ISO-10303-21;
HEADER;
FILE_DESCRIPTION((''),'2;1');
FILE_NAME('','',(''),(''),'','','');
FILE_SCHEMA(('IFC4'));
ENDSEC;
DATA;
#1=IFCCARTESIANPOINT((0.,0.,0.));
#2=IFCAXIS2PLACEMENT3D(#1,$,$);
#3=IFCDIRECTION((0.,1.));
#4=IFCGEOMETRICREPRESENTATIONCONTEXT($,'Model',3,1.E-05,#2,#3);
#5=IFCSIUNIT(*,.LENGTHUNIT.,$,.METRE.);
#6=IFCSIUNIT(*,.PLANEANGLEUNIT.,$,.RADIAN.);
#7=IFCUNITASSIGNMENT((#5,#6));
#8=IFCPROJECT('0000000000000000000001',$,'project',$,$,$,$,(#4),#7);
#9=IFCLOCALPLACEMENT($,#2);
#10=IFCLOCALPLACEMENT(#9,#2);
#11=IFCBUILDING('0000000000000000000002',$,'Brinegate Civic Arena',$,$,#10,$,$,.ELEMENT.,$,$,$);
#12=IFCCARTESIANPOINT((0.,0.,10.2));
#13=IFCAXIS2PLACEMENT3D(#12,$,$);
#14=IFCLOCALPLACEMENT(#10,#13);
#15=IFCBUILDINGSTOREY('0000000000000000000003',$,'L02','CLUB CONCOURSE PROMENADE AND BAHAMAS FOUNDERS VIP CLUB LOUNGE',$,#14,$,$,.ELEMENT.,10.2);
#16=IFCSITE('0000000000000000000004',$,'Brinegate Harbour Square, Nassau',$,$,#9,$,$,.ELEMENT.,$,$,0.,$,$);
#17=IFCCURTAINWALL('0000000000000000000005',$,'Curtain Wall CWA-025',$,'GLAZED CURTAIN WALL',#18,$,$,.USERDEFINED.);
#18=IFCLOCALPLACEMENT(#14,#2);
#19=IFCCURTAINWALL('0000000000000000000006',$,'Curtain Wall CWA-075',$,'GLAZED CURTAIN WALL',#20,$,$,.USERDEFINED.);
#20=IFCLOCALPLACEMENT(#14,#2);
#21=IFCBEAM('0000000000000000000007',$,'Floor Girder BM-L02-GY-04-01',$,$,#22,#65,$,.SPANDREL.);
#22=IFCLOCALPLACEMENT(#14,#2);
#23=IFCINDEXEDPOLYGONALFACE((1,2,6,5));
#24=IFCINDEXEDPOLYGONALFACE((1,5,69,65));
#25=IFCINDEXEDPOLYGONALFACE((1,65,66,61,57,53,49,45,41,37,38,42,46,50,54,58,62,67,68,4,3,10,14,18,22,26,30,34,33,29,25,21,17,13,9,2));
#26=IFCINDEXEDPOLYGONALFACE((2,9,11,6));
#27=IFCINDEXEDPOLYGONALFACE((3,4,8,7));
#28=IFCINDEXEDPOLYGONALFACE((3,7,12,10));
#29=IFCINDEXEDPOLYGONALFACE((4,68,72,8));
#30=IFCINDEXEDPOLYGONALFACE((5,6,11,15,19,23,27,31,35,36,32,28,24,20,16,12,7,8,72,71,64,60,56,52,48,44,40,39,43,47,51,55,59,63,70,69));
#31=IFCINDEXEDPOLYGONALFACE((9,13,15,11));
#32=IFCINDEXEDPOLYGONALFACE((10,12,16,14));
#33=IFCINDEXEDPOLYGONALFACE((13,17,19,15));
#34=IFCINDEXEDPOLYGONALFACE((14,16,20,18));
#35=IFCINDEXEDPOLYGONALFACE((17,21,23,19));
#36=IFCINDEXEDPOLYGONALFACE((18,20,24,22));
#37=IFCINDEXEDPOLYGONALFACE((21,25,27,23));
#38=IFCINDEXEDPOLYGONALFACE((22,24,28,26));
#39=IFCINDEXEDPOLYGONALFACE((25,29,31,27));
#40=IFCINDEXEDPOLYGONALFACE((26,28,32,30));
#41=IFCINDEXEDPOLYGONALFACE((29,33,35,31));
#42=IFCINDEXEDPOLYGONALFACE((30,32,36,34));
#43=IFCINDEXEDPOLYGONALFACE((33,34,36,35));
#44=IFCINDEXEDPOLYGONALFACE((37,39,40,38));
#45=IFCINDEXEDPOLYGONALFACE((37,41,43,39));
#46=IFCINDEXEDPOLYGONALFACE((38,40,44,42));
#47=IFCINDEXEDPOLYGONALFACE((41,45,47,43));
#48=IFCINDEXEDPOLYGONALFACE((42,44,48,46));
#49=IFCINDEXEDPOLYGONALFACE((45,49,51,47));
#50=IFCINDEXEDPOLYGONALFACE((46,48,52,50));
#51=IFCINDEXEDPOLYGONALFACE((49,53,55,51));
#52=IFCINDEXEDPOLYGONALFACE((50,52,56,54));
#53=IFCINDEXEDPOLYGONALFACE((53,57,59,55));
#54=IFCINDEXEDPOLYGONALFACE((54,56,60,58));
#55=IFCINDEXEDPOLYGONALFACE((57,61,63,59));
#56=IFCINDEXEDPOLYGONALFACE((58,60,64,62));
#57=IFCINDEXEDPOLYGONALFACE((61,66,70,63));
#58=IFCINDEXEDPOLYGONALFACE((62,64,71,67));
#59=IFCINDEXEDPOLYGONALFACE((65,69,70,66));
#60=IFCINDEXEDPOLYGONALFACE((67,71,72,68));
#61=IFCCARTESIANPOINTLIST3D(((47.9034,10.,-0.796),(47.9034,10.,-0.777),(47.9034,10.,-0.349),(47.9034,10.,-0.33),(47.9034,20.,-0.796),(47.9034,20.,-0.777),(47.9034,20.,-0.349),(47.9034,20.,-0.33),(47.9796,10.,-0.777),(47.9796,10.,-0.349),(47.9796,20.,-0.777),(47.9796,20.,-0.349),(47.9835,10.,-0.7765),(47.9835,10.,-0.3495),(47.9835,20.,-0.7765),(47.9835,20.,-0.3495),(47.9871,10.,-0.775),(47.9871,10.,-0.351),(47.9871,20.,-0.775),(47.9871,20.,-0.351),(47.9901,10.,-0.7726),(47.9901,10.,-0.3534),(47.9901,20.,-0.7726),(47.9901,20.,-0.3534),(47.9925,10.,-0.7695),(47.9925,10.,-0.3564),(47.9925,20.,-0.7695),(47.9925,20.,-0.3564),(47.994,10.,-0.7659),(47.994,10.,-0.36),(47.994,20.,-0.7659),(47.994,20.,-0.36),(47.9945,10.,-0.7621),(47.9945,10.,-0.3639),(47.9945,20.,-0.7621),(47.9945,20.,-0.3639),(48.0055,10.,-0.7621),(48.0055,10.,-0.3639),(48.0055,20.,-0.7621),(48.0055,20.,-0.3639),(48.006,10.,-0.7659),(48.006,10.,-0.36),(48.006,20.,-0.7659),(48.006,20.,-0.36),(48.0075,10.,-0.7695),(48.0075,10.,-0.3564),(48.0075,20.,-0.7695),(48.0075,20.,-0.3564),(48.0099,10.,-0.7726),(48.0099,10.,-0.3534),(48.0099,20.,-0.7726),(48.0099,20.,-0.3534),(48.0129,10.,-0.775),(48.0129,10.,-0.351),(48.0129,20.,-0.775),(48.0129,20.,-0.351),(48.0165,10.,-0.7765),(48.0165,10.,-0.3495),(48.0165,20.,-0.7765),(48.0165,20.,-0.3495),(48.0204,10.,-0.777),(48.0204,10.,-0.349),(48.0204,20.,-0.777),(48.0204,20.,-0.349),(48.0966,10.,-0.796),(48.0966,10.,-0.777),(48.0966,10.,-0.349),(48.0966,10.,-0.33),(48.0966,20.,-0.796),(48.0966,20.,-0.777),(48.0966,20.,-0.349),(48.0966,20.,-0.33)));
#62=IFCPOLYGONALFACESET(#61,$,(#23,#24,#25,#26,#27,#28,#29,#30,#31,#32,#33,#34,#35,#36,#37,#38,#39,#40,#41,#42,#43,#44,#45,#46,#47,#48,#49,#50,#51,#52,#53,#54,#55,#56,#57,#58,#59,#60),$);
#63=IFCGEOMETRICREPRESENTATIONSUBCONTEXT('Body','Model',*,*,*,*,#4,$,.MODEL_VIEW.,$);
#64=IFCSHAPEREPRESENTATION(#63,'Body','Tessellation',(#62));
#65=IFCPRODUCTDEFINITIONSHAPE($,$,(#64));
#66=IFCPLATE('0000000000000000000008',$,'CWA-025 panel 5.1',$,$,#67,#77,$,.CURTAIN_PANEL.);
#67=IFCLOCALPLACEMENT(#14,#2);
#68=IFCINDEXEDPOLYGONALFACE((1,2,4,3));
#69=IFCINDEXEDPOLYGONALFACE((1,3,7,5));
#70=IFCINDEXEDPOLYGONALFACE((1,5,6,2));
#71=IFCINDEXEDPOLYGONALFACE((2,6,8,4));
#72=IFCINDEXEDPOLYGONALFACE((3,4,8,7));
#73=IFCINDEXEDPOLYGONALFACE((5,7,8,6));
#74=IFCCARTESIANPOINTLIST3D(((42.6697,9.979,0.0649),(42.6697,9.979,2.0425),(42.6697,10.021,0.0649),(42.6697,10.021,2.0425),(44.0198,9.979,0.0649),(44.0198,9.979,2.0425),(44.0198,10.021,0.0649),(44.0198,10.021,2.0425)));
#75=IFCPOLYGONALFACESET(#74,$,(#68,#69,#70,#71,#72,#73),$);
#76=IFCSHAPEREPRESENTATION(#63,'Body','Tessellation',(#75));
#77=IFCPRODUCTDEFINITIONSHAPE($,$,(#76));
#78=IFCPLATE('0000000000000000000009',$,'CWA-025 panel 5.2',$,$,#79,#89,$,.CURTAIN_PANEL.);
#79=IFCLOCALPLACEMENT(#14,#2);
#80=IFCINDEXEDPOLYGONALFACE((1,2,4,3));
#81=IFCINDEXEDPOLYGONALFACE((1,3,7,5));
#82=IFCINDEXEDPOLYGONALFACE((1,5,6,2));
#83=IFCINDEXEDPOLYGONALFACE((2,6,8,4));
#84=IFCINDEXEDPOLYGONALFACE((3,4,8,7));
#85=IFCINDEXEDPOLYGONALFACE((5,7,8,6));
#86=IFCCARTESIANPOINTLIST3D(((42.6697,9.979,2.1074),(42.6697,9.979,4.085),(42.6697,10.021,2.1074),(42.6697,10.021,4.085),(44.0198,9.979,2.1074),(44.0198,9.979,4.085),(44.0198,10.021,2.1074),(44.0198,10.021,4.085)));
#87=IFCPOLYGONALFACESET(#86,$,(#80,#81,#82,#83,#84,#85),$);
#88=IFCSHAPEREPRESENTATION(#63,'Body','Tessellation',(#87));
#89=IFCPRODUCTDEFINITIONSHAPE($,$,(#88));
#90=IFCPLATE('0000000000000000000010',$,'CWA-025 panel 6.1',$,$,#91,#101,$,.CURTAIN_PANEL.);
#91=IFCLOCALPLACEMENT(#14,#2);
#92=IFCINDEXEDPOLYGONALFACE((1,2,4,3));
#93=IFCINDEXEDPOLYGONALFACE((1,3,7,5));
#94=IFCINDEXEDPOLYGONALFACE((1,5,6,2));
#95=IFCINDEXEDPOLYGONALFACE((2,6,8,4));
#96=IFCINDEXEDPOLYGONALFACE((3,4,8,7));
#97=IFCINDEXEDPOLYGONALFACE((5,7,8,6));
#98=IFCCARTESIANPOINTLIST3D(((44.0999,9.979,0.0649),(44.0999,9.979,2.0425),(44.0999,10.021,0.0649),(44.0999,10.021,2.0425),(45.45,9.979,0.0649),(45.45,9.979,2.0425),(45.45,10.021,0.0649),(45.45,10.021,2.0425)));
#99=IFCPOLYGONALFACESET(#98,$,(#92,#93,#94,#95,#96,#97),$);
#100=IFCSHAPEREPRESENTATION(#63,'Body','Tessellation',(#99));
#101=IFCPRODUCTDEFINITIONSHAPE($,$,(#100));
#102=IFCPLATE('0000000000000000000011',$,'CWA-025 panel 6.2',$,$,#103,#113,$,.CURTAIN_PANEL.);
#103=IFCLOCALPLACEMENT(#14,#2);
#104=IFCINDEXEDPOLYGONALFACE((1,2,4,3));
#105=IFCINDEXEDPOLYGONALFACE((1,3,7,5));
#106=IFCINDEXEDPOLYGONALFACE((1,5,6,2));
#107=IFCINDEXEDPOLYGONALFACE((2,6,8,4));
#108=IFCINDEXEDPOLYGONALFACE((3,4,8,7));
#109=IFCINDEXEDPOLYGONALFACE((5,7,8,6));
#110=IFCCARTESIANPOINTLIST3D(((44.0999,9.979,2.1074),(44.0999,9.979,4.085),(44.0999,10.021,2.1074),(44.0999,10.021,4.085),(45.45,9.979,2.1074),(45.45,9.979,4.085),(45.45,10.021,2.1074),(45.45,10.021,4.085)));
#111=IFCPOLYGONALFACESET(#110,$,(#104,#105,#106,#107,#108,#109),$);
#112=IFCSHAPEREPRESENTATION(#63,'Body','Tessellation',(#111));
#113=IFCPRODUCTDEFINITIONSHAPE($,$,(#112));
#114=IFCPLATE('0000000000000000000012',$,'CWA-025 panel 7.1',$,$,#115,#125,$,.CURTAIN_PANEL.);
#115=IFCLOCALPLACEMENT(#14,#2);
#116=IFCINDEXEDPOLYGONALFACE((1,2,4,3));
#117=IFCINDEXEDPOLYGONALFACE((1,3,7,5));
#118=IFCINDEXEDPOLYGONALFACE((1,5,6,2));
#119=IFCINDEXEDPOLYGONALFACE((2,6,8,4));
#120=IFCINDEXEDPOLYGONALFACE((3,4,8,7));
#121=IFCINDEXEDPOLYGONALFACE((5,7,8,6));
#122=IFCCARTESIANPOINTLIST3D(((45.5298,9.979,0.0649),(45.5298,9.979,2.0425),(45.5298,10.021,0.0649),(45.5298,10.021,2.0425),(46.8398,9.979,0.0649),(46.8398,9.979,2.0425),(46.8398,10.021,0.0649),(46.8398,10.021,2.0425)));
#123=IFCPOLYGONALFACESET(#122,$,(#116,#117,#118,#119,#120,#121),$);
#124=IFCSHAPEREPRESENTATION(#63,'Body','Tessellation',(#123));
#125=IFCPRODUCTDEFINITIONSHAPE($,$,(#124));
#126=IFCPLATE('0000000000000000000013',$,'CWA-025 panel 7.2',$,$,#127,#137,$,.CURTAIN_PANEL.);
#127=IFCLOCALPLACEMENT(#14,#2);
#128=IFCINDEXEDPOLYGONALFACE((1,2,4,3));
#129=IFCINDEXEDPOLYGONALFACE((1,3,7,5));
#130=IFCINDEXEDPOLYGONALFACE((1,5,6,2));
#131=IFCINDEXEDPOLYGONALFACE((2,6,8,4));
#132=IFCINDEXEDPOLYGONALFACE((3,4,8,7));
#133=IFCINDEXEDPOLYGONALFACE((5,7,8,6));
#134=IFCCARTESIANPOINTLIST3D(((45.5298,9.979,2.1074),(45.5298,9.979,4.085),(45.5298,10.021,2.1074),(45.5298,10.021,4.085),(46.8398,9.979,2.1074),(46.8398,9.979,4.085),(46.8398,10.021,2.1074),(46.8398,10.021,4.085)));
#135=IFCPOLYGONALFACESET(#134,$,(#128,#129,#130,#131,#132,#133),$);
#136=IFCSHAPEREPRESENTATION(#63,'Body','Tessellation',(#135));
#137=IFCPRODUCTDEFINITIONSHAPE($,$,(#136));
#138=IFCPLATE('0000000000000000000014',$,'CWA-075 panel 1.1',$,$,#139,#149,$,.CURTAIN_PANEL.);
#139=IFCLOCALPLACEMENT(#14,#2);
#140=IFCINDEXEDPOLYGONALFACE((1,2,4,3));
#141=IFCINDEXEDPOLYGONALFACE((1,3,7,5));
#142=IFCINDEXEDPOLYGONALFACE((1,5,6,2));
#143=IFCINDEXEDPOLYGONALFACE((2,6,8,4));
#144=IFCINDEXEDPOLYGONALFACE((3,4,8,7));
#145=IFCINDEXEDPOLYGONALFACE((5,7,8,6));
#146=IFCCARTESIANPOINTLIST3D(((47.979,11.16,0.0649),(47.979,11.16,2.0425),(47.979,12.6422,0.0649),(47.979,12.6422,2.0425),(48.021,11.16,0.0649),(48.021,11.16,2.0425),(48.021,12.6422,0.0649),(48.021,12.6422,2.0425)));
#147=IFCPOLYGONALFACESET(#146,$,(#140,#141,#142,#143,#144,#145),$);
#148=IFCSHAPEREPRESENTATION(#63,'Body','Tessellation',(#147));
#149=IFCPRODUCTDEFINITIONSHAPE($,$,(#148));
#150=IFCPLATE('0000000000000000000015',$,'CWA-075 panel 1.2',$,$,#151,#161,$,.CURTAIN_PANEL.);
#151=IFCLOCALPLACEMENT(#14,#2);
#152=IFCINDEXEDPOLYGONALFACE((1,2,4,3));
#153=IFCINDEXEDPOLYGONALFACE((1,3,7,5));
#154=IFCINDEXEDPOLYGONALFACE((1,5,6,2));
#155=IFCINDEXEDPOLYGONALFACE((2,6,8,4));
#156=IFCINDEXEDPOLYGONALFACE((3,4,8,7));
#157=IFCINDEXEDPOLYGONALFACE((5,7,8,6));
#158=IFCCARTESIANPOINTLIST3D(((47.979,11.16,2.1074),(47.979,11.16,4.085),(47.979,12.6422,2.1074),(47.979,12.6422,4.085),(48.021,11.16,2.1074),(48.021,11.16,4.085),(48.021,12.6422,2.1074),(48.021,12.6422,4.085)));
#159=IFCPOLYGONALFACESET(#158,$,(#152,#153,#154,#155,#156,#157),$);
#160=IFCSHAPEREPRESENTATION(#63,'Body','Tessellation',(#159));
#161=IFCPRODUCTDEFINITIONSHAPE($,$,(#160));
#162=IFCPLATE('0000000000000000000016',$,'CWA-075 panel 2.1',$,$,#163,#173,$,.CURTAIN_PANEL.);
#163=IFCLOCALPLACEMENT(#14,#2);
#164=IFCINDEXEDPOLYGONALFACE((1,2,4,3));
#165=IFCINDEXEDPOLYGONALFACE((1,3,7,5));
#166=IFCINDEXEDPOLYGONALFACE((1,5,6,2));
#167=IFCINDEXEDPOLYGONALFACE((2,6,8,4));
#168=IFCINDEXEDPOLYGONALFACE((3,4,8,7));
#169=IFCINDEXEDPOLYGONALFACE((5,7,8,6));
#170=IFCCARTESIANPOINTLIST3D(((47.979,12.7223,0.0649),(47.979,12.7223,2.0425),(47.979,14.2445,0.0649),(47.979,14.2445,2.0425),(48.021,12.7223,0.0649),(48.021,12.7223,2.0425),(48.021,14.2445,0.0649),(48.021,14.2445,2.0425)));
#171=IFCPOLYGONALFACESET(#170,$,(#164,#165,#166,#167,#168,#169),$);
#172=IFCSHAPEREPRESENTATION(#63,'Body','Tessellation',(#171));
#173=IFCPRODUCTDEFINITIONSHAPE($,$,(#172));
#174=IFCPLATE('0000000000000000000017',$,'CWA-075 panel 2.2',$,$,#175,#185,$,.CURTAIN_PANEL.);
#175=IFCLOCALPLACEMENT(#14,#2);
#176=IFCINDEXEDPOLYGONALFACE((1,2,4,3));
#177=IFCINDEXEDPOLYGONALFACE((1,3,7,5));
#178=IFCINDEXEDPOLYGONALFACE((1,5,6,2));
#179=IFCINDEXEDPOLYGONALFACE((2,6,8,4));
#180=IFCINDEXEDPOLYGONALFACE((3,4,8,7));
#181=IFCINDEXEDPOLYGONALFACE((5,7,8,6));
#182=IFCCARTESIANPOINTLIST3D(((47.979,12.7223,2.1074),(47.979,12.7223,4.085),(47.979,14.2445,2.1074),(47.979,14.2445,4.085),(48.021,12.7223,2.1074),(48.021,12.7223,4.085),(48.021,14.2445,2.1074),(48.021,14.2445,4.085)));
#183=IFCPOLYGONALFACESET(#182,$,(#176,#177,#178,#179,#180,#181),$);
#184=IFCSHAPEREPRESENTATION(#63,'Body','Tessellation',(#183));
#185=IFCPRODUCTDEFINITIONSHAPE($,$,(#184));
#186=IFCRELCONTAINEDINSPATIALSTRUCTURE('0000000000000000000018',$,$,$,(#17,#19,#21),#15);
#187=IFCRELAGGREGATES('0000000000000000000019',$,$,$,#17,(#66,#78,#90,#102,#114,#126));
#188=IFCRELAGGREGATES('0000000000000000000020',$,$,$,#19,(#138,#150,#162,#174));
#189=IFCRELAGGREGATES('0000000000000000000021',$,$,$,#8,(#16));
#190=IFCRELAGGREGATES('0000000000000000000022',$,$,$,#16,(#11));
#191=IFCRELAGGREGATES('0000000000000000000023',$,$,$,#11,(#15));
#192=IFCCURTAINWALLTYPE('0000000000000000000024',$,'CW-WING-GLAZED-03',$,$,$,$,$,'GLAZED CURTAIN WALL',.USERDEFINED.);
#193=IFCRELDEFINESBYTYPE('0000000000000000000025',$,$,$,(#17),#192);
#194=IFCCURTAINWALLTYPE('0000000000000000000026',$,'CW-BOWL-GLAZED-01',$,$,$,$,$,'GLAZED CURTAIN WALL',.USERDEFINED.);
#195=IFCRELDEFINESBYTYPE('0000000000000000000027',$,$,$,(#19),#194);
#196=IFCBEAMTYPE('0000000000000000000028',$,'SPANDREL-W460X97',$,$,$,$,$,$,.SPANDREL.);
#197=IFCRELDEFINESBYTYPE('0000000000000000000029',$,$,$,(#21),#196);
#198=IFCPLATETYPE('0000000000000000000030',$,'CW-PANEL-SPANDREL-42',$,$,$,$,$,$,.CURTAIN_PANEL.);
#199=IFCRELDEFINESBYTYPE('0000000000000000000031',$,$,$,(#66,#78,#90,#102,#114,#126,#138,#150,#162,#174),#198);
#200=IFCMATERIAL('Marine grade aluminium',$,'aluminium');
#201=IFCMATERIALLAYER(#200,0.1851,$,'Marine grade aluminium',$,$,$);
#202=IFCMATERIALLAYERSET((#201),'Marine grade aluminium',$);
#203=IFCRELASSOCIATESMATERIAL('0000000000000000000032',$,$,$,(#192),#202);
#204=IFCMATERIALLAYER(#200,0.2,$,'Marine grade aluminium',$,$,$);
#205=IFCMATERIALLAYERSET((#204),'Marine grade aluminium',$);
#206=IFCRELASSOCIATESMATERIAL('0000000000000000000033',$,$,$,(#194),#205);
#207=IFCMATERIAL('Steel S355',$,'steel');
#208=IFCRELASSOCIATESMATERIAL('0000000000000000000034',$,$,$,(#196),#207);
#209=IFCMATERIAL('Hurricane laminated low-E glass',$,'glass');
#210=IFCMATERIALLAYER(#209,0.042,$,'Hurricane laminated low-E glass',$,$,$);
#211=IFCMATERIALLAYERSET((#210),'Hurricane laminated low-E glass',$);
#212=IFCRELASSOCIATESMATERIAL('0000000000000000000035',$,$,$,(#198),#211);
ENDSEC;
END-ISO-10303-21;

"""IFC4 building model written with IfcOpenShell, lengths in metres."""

from ifc_helpers import new_model, si_unit, direction, frame, origin, origin_2d, place, context, subcontext, project, spatial, rectangle, i_section, extrude, material, layer, layer_set, material_profile, profile_set, type_object, element, aggregate, save


model = new_model("IFC4")

# Units and contexts
model_context = context("Model", 3, precision=1e-05, world=origin(), true_north=direction((0.0, 1.0)))
body_context = subcontext(model_context, "Body", "Model", "MODEL_VIEW")
ifc_project = project(units=[si_unit("LENGTHUNIT", "METRE"), si_unit("PLANEANGLEUNIT", "RADIAN")], contexts=[model_context])

# Site, building, storey
site_placement = place(None, origin())
site = spatial("IfcSite", under=ifc_project, at=site_placement, Name="Brinegate Harbour Square, Nassau", CompositionType="ELEMENT", RefElevation=0.0)
building_placement = place(site_placement, origin())
building = spatial("IfcBuilding", under=site, at=building_placement, Name="Brinegate Civic Arena", CompositionType="ELEMENT")
storey_placement = place(building_placement, frame((0.0, 0.0, 10.2)))
storey = spatial("IfcBuildingStorey", under=building, at=storey_placement, Name="L02", Description="CLUB CONCOURSE PROMENADE AND BAHAMAS FOUNDERS VIP CLUB LOUNGE", CompositionType="ELEMENT", Elevation=10.2)

# Curtain walls
ifc_material_1 = material(Name="Marine grade aluminium", Category="aluminium")
ifc_layer_1 = layer(ifc_material_1, 0.1851, Name="Marine grade aluminium")
ifc_layer_set_1 = layer_set([ifc_layer_1], Name="Marine grade aluminium")
curtain_wall_type_1 = type_object("IfcCurtainWallType", Name="CW-WING-GLAZED-03", ElementType="GLAZED CURTAIN WALL", PredefinedType="USERDEFINED", material=ifc_layer_set_1)
curtain_wall_1_placement = place(storey_placement, origin())
curtain_wall_1 = element("IfcCurtainWall", 1, at=curtain_wall_1_placement, inside=storey, type_object=curtain_wall_type_1, Name="Curtain Wall CWA-025", ObjectType="GLAZED CURTAIN WALL", PredefinedType="USERDEFINED")
ifc_layer_2 = layer(ifc_material_1, 0.2, Name="Marine grade aluminium")
ifc_layer_set_2 = layer_set([ifc_layer_2], Name="Marine grade aluminium")
curtain_wall_type_2 = type_object("IfcCurtainWallType", Name="CW-BOWL-GLAZED-01", ElementType="GLAZED CURTAIN WALL", PredefinedType="USERDEFINED", material=ifc_layer_set_2)
curtain_wall_2_placement = place(storey_placement, origin())
curtain_wall_2 = element("IfcCurtainWall", 2, at=curtain_wall_2_placement, inside=storey, type_object=curtain_wall_type_2, Name="Curtain Wall CWA-075", ObjectType="GLAZED CURTAIN WALL", PredefinedType="USERDEFINED")

# Beam
ifc_material_2 = material(Name="Steel S355", Category="steel")
ifc_material_profile_1 = material_profile(ifc_material_2, i_section(OverallWidth=0.1931, OverallDepth=0.4661, WebThickness=0.011, FlangeThickness=0.019, FilletRadius=0.0149, at=origin_2d()), Name="W460X97")
ifc_profile_set_1 = profile_set([ifc_material_profile_1], Name="Steel S355")
beam_type = type_object("IfcBeamType", Name="SPANDREL-W460X97", PredefinedType="SPANDREL", material=ifc_profile_set_1)
beam_1_placement = place(storey_placement, frame((48.0, 10.0, -0.563), z_axis=(0.0, 1.0, 0.0), x_axis=(-1.0, 0.0, 0.0)))
element("IfcBeam", 3, at=beam_1_placement, inside=storey, type_object=beam_type, Name="Floor Girder BM-L02-GY-04-01", PredefinedType="SPANDREL", context=body_context, shape_type="SweptSolid", body=[
    extrude(i_section(OverallWidth=0.1931, OverallDepth=0.4661, WebThickness=0.011, FlangeThickness=0.019, FilletRadius=0.0149, at=origin_2d()), origin(), (0.0, 0.0, 1.0), 10.0),
])

# Plates
ifc_material_3 = material(Name="Hurricane laminated low-E glass", Category="glass")
ifc_layer_3 = layer(ifc_material_3, 0.042, Name="Hurricane laminated low-E glass")
ifc_layer_set_3 = layer_set([ifc_layer_3], Name="Hurricane laminated low-E glass")
plate_type = type_object("IfcPlateType", Name="CW-PANEL-SPANDREL-42", PredefinedType="CURTAIN_PANEL", material=ifc_layer_set_3)
plate_1_placement = place(storey_placement, frame((43.3447, 10.0, 0.0649), z_axis=(0.0, 0.0, 1.0), x_axis=(1.0, 0.0, 0.0)))
plate_1 = element("IfcPlate", 4, at=plate_1_placement, type_object=plate_type, Name="CWA-025 panel 5.1", PredefinedType="CURTAIN_PANEL", context=body_context, shape_type="SweptSolid", body=[
    extrude(rectangle(XDim=1.3501, YDim=0.042, at=origin_2d()), origin(), (0.0, 0.0, 1.0), 1.9775),
])
plate_2_placement = place(storey_placement, frame((43.3447, 10.0, 2.1074), z_axis=(0.0, 0.0, 1.0), x_axis=(1.0, 0.0, 0.0)))
plate_2 = element("IfcPlate", 5, at=plate_2_placement, type_object=plate_type, Name="CWA-025 panel 5.2", PredefinedType="CURTAIN_PANEL", context=body_context, shape_type="SweptSolid", body=[
    extrude(rectangle(XDim=1.3501, YDim=0.042, at=origin_2d()), origin(), (0.0, 0.0, 1.0), 1.9775),
])
plate_3_placement = place(storey_placement, frame((44.7749, 10.0, 0.0649), z_axis=(0.0, 0.0, 1.0), x_axis=(1.0, 0.0, 0.0)))
plate_3 = element("IfcPlate", 6, at=plate_3_placement, type_object=plate_type, Name="CWA-025 panel 6.1", PredefinedType="CURTAIN_PANEL", context=body_context, shape_type="SweptSolid", body=[
    extrude(rectangle(XDim=1.3501, YDim=0.042, at=origin_2d()), origin(), (0.0, 0.0, 1.0), 1.9775),
])
plate_4_placement = place(storey_placement, frame((44.7749, 10.0, 2.1074), z_axis=(0.0, 0.0, 1.0), x_axis=(1.0, 0.0, 0.0)))
plate_4 = element("IfcPlate", 7, at=plate_4_placement, type_object=plate_type, Name="CWA-025 panel 6.2", PredefinedType="CURTAIN_PANEL", context=body_context, shape_type="SweptSolid", body=[
    extrude(rectangle(XDim=1.3501, YDim=0.042, at=origin_2d()), origin(), (0.0, 0.0, 1.0), 1.9775),
])
plate_5_placement = place(storey_placement, frame((46.1848, 10.0, 0.0649), z_axis=(0.0, 0.0, 1.0), x_axis=(1.0, 0.0, 0.0)))
plate_5 = element("IfcPlate", 8, at=plate_5_placement, type_object=plate_type, Name="CWA-025 panel 7.1", PredefinedType="CURTAIN_PANEL", context=body_context, shape_type="SweptSolid", body=[
    extrude(rectangle(XDim=1.3101, YDim=0.042, at=origin_2d()), origin(), (0.0, 0.0, 1.0), 1.9775),
])
plate_6_placement = place(storey_placement, frame((46.1848, 10.0, 2.1074), z_axis=(0.0, 0.0, 1.0), x_axis=(1.0, 0.0, 0.0)))
plate_6 = element("IfcPlate", 9, at=plate_6_placement, type_object=plate_type, Name="CWA-025 panel 7.2", PredefinedType="CURTAIN_PANEL", context=body_context, shape_type="SweptSolid", body=[
    extrude(rectangle(XDim=1.3101, YDim=0.042, at=origin_2d()), origin(), (0.0, 0.0, 1.0), 1.9775),
])
aggregate(curtain_wall_1, [plate_1, plate_2, plate_3, plate_4, plate_5, plate_6])
plate_7_placement = place(storey_placement, frame((48.0, 11.9011, 0.0649), z_axis=(0.0, 0.0, 1.0), x_axis=(0.0, 1.0, 0.0)))
plate_7 = element("IfcPlate", 10, at=plate_7_placement, type_object=plate_type, Name="CWA-075 panel 1.1", PredefinedType="CURTAIN_PANEL", context=body_context, shape_type="SweptSolid", body=[
    extrude(rectangle(XDim=1.4822, YDim=0.042, at=origin_2d()), origin(), (0.0, 0.0, 1.0), 1.9775),
])
plate_8_placement = place(storey_placement, frame((48.0, 11.9011, 2.1074), z_axis=(0.0, 0.0, 1.0), x_axis=(0.0, 1.0, 0.0)))
plate_8 = element("IfcPlate", 11, at=plate_8_placement, type_object=plate_type, Name="CWA-075 panel 1.2", PredefinedType="CURTAIN_PANEL", context=body_context, shape_type="SweptSolid", body=[
    extrude(rectangle(XDim=1.4822, YDim=0.042, at=origin_2d()), origin(), (0.0, 0.0, 1.0), 1.9775),
])
plate_9_placement = place(storey_placement, frame((48.0, 13.4834, 0.0649), z_axis=(0.0, 0.0, 1.0), x_axis=(0.0, 1.0, 0.0)))
plate_9 = element("IfcPlate", 12, at=plate_9_placement, type_object=plate_type, Name="CWA-075 panel 2.1", PredefinedType="CURTAIN_PANEL", context=body_context, shape_type="SweptSolid", body=[
    extrude(rectangle(XDim=1.5222, YDim=0.042, at=origin_2d()), origin(), (0.0, 0.0, 1.0), 1.9775),
])
plate_10_placement = place(storey_placement, frame((48.0, 13.4834, 2.1074), z_axis=(0.0, 0.0, 1.0), x_axis=(0.0, 1.0, 0.0)))
plate_10 = element("IfcPlate", 13, at=plate_10_placement, type_object=plate_type, Name="CWA-075 panel 2.2", PredefinedType="CURTAIN_PANEL", context=body_context, shape_type="SweptSolid", body=[
    extrude(rectangle(XDim=1.5222, YDim=0.042, at=origin_2d()), origin(), (0.0, 0.0, 1.0), 1.9775),
])
aggregate(curtain_wall_2, [plate_7, plate_8, plate_9, plate_10])

save(model, "model.ifc")
